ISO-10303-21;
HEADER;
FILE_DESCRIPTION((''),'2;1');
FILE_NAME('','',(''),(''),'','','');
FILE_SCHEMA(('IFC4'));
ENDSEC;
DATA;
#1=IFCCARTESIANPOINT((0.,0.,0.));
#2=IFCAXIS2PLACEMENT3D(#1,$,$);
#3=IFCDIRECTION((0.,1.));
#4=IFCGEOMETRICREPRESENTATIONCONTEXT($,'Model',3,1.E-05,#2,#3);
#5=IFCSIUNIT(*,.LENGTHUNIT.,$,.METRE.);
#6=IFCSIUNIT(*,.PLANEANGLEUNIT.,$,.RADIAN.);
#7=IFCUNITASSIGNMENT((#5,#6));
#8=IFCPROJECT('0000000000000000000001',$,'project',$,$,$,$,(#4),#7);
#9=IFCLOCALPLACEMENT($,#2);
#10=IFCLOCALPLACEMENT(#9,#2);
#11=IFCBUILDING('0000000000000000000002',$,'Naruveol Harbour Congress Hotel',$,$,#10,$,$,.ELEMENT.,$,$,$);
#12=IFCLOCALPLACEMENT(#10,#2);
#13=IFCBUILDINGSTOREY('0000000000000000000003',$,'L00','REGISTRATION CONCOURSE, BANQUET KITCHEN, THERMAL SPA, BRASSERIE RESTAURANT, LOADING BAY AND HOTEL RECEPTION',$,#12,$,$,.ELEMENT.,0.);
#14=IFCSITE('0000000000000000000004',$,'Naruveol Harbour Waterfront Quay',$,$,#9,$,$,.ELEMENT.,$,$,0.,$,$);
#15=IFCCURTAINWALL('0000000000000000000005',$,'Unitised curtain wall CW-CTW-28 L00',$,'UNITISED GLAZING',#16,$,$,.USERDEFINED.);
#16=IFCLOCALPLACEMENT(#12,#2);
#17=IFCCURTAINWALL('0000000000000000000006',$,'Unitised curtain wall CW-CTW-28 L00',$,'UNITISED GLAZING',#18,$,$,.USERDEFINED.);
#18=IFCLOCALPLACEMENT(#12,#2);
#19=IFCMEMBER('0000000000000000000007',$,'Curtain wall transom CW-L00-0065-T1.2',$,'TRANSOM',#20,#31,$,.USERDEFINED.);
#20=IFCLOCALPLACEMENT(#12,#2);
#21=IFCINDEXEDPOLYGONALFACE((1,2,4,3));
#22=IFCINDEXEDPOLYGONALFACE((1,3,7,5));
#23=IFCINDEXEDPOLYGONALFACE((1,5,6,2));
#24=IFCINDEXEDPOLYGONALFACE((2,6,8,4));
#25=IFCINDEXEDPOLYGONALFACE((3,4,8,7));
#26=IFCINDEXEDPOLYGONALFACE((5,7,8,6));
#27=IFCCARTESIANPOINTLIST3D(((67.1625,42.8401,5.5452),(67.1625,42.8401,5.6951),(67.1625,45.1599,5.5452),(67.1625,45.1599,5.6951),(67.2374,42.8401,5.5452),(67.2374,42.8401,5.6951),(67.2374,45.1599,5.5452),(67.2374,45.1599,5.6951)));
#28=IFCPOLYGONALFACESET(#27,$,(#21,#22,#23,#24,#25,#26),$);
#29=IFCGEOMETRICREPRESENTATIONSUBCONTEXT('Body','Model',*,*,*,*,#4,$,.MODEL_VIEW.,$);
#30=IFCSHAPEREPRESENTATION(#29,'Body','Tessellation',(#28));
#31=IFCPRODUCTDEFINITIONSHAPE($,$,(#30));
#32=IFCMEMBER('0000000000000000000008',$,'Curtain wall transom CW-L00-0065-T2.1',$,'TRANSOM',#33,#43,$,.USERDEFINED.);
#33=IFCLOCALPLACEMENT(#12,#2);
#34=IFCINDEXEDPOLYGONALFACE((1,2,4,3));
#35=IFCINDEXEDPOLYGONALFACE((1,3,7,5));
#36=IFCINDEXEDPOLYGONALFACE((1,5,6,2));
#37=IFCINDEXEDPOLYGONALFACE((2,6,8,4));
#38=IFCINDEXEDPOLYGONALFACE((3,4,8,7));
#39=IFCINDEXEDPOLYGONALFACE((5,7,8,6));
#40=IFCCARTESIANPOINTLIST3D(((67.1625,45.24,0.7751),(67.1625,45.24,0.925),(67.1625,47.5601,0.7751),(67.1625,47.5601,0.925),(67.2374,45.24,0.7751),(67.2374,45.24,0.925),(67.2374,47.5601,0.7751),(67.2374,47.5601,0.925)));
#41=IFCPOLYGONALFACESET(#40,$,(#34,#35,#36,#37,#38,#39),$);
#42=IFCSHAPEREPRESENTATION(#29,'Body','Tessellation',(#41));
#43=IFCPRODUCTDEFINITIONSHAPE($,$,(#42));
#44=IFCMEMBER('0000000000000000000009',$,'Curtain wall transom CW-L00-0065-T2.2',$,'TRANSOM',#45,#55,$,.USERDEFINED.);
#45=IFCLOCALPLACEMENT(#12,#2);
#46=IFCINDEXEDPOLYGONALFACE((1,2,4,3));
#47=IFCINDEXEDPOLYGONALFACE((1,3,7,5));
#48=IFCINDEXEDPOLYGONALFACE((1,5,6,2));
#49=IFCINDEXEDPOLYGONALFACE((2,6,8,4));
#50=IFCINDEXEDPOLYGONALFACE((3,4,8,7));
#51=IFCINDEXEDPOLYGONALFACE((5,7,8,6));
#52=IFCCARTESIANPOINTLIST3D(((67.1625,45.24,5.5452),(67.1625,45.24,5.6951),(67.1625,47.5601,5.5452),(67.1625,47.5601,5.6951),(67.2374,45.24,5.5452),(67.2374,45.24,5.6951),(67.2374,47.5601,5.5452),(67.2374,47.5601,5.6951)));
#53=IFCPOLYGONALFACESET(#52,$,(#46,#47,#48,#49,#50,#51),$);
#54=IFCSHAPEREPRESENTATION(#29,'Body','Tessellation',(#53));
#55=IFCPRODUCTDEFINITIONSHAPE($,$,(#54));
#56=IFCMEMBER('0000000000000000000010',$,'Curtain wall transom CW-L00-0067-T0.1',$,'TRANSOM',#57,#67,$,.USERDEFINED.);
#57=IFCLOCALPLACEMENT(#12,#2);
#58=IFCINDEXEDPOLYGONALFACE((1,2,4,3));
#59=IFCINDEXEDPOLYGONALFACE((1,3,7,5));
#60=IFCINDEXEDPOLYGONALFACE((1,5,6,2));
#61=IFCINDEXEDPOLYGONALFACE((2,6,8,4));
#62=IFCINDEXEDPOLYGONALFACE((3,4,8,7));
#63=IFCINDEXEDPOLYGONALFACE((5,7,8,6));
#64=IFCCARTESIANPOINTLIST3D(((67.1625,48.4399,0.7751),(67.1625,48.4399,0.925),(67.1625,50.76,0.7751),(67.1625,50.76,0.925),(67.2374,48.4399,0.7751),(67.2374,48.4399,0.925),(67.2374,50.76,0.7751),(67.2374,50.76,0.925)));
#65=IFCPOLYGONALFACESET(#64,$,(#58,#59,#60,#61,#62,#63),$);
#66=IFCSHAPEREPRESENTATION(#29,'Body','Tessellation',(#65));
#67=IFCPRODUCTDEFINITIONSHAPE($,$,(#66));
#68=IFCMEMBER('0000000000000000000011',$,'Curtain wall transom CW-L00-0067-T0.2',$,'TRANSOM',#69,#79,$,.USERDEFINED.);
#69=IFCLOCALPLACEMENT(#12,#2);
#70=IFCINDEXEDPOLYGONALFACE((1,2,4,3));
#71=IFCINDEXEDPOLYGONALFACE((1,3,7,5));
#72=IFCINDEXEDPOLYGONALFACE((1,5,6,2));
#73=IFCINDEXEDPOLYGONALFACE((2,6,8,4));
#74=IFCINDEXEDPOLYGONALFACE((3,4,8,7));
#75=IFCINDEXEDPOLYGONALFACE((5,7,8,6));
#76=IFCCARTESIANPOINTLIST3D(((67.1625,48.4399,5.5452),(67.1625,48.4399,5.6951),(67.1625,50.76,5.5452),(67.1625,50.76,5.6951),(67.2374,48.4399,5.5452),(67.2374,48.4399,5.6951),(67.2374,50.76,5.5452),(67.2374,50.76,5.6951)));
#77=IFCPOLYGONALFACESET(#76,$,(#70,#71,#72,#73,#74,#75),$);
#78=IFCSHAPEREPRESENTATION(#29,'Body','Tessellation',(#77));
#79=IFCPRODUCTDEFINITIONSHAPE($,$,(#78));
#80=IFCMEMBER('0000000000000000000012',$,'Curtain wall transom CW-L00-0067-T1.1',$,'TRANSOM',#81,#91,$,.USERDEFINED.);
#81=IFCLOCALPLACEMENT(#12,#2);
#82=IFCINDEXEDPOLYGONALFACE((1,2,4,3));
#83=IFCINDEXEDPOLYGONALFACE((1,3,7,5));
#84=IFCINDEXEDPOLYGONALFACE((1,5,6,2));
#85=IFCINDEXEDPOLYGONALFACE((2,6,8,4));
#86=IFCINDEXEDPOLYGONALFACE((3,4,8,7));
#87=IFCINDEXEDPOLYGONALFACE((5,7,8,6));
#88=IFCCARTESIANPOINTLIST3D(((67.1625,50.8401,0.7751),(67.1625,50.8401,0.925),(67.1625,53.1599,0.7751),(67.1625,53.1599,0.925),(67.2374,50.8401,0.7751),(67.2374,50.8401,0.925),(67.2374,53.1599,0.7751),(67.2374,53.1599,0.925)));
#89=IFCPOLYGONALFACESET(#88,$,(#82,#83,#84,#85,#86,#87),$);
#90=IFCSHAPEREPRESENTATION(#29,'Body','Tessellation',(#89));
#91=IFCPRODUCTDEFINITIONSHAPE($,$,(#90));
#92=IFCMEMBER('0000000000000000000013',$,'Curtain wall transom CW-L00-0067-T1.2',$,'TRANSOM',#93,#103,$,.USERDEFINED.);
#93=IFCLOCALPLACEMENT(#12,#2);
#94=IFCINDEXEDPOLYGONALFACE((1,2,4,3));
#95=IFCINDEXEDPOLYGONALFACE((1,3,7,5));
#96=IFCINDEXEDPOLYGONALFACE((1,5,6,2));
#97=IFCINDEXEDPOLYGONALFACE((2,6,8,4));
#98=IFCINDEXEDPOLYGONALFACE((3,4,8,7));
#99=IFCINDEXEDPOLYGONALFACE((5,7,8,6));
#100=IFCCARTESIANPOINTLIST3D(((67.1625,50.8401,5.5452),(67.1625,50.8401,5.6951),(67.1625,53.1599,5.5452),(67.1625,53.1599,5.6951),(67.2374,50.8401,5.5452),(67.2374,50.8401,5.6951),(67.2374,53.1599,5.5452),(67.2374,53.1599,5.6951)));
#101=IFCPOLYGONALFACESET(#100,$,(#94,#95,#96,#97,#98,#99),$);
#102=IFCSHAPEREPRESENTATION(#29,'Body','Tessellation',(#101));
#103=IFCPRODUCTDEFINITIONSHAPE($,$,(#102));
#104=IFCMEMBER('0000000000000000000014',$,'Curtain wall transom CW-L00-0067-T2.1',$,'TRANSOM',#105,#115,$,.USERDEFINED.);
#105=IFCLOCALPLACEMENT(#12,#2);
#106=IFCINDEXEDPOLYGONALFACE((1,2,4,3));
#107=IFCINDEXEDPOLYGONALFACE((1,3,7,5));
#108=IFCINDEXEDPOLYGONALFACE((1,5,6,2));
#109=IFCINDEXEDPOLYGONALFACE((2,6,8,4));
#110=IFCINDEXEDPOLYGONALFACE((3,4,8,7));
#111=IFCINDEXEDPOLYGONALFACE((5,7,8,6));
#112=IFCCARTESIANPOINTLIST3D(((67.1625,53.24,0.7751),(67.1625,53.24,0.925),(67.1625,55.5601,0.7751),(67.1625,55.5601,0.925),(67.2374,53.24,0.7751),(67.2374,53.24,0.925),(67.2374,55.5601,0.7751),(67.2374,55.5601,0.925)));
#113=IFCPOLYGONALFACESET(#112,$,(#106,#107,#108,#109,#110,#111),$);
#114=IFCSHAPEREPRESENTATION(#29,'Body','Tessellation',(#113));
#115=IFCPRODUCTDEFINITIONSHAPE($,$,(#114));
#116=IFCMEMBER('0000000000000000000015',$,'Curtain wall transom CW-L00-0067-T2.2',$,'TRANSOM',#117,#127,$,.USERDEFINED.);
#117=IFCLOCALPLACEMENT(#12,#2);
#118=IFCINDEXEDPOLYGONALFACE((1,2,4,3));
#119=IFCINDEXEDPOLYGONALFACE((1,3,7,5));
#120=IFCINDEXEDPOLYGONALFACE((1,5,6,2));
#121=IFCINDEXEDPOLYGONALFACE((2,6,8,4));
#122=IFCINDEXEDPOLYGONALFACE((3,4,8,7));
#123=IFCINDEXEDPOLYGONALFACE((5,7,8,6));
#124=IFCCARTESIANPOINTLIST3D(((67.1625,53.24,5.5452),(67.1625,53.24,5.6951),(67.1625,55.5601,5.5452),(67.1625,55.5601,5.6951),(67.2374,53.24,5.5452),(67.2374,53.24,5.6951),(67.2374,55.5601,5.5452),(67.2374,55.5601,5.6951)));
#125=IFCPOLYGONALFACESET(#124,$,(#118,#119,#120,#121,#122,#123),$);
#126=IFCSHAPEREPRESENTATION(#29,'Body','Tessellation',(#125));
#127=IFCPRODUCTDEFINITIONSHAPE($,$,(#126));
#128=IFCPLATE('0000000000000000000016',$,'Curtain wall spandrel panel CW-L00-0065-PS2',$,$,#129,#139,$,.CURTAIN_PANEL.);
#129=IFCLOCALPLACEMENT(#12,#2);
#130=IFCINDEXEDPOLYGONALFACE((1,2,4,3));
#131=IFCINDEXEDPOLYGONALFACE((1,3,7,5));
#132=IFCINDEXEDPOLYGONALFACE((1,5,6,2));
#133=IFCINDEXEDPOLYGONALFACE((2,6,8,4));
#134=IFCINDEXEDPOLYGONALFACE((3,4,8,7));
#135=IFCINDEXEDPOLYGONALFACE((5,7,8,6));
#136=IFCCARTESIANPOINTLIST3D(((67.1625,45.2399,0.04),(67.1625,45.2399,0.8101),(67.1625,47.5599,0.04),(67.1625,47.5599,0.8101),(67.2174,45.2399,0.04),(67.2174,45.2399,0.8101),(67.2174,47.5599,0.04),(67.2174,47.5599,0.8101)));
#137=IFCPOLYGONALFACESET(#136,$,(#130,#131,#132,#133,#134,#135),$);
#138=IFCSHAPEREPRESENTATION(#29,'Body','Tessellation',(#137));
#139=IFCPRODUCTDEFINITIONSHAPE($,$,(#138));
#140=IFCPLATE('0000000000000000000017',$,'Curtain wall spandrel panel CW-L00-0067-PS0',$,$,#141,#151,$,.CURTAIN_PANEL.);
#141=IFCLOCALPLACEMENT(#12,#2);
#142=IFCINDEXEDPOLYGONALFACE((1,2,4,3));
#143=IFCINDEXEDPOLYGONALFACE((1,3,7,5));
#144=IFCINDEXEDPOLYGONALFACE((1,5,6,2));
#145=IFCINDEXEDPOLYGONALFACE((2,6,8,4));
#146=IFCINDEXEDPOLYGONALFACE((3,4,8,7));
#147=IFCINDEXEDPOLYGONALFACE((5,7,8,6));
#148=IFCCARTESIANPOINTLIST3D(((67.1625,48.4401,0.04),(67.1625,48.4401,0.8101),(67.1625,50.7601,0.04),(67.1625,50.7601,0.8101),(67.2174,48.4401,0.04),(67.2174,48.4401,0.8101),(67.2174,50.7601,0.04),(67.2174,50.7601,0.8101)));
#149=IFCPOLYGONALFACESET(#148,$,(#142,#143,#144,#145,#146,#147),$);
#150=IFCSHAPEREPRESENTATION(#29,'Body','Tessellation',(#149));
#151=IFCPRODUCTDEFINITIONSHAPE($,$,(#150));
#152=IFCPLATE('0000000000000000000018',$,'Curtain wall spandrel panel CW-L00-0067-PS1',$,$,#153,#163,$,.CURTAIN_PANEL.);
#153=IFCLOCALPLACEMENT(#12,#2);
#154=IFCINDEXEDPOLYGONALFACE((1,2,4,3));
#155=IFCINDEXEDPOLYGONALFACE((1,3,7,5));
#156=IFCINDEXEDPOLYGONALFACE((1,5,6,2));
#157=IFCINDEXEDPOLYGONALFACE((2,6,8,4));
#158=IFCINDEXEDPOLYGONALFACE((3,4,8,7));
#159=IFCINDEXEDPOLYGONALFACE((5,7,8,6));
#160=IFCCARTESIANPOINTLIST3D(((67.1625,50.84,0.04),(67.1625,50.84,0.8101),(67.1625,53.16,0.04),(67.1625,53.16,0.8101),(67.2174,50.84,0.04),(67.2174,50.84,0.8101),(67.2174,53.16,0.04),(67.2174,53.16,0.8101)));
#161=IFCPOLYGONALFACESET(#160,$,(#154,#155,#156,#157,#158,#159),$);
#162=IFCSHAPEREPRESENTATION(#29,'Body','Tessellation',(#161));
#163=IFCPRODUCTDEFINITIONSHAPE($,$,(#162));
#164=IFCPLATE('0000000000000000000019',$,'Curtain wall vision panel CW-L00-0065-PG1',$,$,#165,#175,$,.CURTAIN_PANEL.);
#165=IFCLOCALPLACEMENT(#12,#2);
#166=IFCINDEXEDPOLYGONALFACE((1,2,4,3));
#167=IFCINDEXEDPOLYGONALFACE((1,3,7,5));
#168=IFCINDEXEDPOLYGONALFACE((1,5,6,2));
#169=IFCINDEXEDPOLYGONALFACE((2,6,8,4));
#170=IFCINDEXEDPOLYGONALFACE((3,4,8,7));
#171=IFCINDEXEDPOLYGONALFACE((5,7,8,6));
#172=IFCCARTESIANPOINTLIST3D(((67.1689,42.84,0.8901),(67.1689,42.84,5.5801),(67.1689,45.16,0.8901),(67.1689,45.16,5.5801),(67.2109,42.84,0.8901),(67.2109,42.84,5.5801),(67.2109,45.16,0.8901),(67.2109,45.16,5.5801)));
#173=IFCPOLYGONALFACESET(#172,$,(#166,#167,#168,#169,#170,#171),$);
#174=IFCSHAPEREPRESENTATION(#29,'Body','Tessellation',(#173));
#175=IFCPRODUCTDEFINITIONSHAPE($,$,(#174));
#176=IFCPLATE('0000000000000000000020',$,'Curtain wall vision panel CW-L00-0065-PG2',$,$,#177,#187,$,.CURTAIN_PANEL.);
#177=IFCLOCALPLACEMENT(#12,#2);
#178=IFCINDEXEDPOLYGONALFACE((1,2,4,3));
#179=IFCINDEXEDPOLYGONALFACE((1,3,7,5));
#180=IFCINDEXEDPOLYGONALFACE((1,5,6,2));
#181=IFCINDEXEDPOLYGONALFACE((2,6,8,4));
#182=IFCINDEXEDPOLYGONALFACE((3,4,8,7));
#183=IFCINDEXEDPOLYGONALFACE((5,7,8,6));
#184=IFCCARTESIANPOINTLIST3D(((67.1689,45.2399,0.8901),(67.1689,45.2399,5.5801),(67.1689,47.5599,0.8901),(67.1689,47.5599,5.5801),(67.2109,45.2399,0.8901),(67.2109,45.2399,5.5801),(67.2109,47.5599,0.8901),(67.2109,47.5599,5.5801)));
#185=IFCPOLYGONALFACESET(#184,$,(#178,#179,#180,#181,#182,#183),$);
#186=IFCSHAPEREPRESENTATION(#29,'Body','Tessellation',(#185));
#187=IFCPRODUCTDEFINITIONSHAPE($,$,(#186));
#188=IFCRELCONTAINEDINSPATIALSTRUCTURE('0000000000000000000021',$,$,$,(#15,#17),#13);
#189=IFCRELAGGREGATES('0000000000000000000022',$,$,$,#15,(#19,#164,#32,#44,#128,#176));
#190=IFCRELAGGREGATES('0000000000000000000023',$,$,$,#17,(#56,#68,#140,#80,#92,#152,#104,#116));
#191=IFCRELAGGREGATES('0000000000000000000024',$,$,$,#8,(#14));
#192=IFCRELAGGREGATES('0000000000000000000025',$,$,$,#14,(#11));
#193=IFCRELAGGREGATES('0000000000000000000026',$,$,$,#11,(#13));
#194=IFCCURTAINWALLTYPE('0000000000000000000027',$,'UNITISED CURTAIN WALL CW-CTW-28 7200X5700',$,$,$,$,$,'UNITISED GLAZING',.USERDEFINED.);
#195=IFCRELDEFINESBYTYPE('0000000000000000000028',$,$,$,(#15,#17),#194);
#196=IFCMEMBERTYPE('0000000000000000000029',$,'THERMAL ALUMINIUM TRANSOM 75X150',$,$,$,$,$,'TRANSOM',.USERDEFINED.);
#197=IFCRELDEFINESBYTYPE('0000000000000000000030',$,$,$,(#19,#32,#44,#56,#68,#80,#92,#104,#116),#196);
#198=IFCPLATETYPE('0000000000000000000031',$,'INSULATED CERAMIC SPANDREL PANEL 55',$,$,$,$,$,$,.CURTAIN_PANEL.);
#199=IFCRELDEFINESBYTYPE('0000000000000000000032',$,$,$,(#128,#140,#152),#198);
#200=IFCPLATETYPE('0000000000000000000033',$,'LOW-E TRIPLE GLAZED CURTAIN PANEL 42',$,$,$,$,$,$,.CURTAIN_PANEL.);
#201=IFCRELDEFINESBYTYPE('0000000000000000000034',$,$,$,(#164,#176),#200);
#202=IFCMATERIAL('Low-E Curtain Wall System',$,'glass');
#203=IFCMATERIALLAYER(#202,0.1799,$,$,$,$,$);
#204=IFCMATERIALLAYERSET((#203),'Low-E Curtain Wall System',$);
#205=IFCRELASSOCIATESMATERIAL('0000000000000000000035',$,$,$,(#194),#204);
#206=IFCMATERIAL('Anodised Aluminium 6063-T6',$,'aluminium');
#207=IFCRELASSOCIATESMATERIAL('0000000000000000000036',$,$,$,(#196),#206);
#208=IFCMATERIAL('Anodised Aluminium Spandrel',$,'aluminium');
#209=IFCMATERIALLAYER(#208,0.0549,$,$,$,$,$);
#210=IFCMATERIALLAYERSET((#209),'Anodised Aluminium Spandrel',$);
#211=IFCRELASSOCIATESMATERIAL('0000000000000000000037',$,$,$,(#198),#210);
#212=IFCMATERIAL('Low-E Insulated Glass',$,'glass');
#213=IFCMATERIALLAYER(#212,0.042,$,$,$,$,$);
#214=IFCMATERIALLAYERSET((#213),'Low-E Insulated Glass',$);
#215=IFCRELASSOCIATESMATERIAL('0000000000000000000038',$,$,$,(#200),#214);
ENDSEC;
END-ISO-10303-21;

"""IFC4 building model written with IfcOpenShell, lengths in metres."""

from ifc_helpers import new_model, si_unit, direction, frame, origin, origin_2d, place, context, subcontext, project, spatial, rectangle, extrude, material, layer, layer_set, material_profile, profile_set, type_object, element, aggregate, save


model = new_model("IFC4")

# Units and contexts
model_context = context("Model", 3, precision=1e-05, world=origin(), true_north=direction((0.0, 1.0)))
body_context = subcontext(model_context, "Body", "Model", "MODEL_VIEW")
ifc_project = project(units=[si_unit("LENGTHUNIT", "METRE"), si_unit("PLANEANGLEUNIT", "RADIAN")], contexts=[model_context])

# Site, building, storey
site_placement = place(None, origin())
site = spatial("IfcSite", under=ifc_project, at=site_placement, Name="Naruveol Harbour Waterfront Quay", CompositionType="ELEMENT", RefElevation=0.0)
building_placement = place(site_placement, origin())
building = spatial("IfcBuilding", under=site, at=building_placement, Name="Naruveol Harbour Congress Hotel", CompositionType="ELEMENT")
storey_placement = place(building_placement, origin())
storey = spatial("IfcBuildingStorey", under=building, at=storey_placement, Name="L00", Description="REGISTRATION CONCOURSE, BANQUET KITCHEN, THERMAL SPA, BRASSERIE RESTAURANT, LOADING BAY AND HOTEL RECEPTION", CompositionType="ELEMENT", Elevation=0.0)

# Curtain walls
ifc_material_1 = material(Name="Low-E Curtain Wall System", Category="glass")
ifc_layer_1 = layer(ifc_material_1, 0.1799)
ifc_layer_set_1 = layer_set([ifc_layer_1], Name="Low-E Curtain Wall System")
curtain_wall_type = type_object("IfcCurtainWallType", Name="UNITISED CURTAIN WALL CW-CTW-28 7200X5700", ElementType="UNITISED GLAZING", PredefinedType="USERDEFINED", material=ifc_layer_set_1)
curtain_wall_1_placement = place(storey_placement, origin())
curtain_wall_1 = element("IfcCurtainWall", 1, at=curtain_wall_1_placement, inside=storey, type_object=curtain_wall_type, Name="Unitised curtain wall CW-CTW-28 L00", ObjectType="UNITISED GLAZING", PredefinedType="USERDEFINED")
curtain_wall_2_placement = place(storey_placement, origin())
curtain_wall_2 = element("IfcCurtainWall", 2, at=curtain_wall_2_placement, inside=storey, type_object=curtain_wall_type, Name="Unitised curtain wall CW-CTW-28 L00", ObjectType="UNITISED GLAZING", PredefinedType="USERDEFINED")

# Members
ifc_material_2 = material(Name="Anodised Aluminium 6063-T6", Category="aluminium")
ifc_material_profile_1 = material_profile(ifc_material_2, rectangle(XDim=0.075, YDim=0.1499, at=origin_2d()), Name="ALU-75x150")
ifc_profile_set_1 = profile_set([ifc_material_profile_1], Name="Anodised Aluminium 6063-T6")
member_type_1 = type_object("IfcMemberType", Name="THERMAL ALUMINIUM TRANSOM 75X150", ElementType="TRANSOM", PredefinedType="USERDEFINED", material=ifc_profile_set_1)
member_1_placement = place(storey_placement, frame((67.2, 42.8401, 5.6201), z_axis=(0.0, 1.0, 0.0), x_axis=(-1.0, 0.0, 0.0)))
member_1 = element("IfcMember", 3, at=member_1_placement, type_object=member_type_1, Name="Curtain wall transom CW-L00-0065-T1.2", ObjectType="TRANSOM", PredefinedType="USERDEFINED", context=body_context, shape_type="SweptSolid", body=[
    extrude(rectangle(XDim=0.075, YDim=0.1499, at=origin_2d()), origin(), (0.0, 0.0, 1.0), 2.3198),
])
member_2_placement = place(storey_placement, frame((67.2, 45.24, 0.8501), z_axis=(0.0, 1.0, 0.0), x_axis=(-1.0, 0.0, 0.0)))
member_2 = element("IfcMember", 4, at=member_2_placement, type_object=member_type_1, Name="Curtain wall transom CW-L00-0065-T2.1", ObjectType="TRANSOM", PredefinedType="USERDEFINED", context=body_context, shape_type="SweptSolid", body=[
    extrude(rectangle(XDim=0.075, YDim=0.1499, at=origin_2d()), origin(), (0.0, 0.0, 1.0), 2.3201),
])
member_3_placement = place(storey_placement, frame((67.2, 45.24, 5.6201), z_axis=(0.0, 1.0, 0.0), x_axis=(-1.0, 0.0, 0.0)))
member_3 = element("IfcMember", 5, at=member_3_placement, type_object=member_type_1, Name="Curtain wall transom CW-L00-0065-T2.2", ObjectType="TRANSOM", PredefinedType="USERDEFINED", context=body_context, shape_type="SweptSolid", body=[
    extrude(rectangle(XDim=0.075, YDim=0.1499, at=origin_2d()), origin(), (0.0, 0.0, 1.0), 2.3201),
])
member_4_placement = place(storey_placement, frame((67.2, 48.4399, 0.8501), z_axis=(0.0, 1.0, 0.0), x_axis=(-1.0, 0.0, 0.0)))
member_4 = element("IfcMember", 6, at=member_4_placement, type_object=member_type_1, Name="Curtain wall transom CW-L00-0067-T0.1", ObjectType="TRANSOM", PredefinedType="USERDEFINED", context=body_context, shape_type="SweptSolid", body=[
    extrude(rectangle(XDim=0.075, YDim=0.1499, at=origin_2d()), origin(), (0.0, 0.0, 1.0), 2.3201),
])
member_5_placement = place(storey_placement, frame((67.2, 48.4399, 5.6201), z_axis=(0.0, 1.0, 0.0), x_axis=(-1.0, 0.0, 0.0)))
member_5 = element("IfcMember", 7, at=member_5_placement, type_object=member_type_1, Name="Curtain wall transom CW-L00-0067-T0.2", ObjectType="TRANSOM", PredefinedType="USERDEFINED", context=body_context, shape_type="SweptSolid", body=[
    extrude(rectangle(XDim=0.075, YDim=0.1499, at=origin_2d()), origin(), (0.0, 0.0, 1.0), 2.3201),
])
member_6_placement = place(storey_placement, frame((67.2, 50.8401, 0.8501), z_axis=(0.0, 1.0, 0.0), x_axis=(-1.0, 0.0, 0.0)))
member_6 = element("IfcMember", 8, at=member_6_placement, type_object=member_type_1, Name="Curtain wall transom CW-L00-0067-T1.1", ObjectType="TRANSOM", PredefinedType="USERDEFINED", context=body_context, shape_type="SweptSolid", body=[
    extrude(rectangle(XDim=0.075, YDim=0.1499, at=origin_2d()), origin(), (0.0, 0.0, 1.0), 2.3198),
])
member_7_placement = place(storey_placement, frame((67.2, 50.8401, 5.6201), z_axis=(0.0, 1.0, 0.0), x_axis=(-1.0, 0.0, 0.0)))
member_7 = element("IfcMember", 9, at=member_7_placement, type_object=member_type_1, Name="Curtain wall transom CW-L00-0067-T1.2", ObjectType="TRANSOM", PredefinedType="USERDEFINED", context=body_context, shape_type="SweptSolid", body=[
    extrude(rectangle(XDim=0.075, YDim=0.1499, at=origin_2d()), origin(), (0.0, 0.0, 1.0), 2.3198),
])
member_8_placement = place(storey_placement, frame((67.2, 53.24, 0.8501), z_axis=(0.0, 1.0, 0.0), x_axis=(-1.0, 0.0, 0.0)))
member_8 = element("IfcMember", 10, at=member_8_placement, type_object=member_type_1, Name="Curtain wall transom CW-L00-0067-T2.1", ObjectType="TRANSOM", PredefinedType="USERDEFINED", context=body_context, shape_type="SweptSolid", body=[
    extrude(rectangle(XDim=0.075, YDim=0.1499, at=origin_2d()), origin(), (0.0, 0.0, 1.0), 2.3201),
])
member_9_placement = place(storey_placement, frame((67.2, 53.24, 5.6201), z_axis=(0.0, 1.0, 0.0), x_axis=(-1.0, 0.0, 0.0)))
member_9 = element("IfcMember", 11, at=member_9_placement, type_object=member_type_1, Name="Curtain wall transom CW-L00-0067-T2.2", ObjectType="TRANSOM", PredefinedType="USERDEFINED", context=body_context, shape_type="SweptSolid", body=[
    extrude(rectangle(XDim=0.075, YDim=0.1499, at=origin_2d()), origin(), (0.0, 0.0, 1.0), 2.3201),
])

# Plates
ifc_material_3 = material(Name="Anodised Aluminium Spandrel", Category="aluminium")
ifc_layer_2 = layer(ifc_material_3, 0.0549)
ifc_layer_set_2 = layer_set([ifc_layer_2], Name="Anodised Aluminium Spandrel")
plate_type_1 = type_object("IfcPlateType", Name="INSULATED CERAMIC SPANDREL PANEL 55", PredefinedType="CURTAIN_PANEL", material=ifc_layer_set_2)
plate_1_placement = place(storey_placement, frame((67.1899, 46.3999, 0.04), z_axis=(0.0, 0.0, 1.0), x_axis=(0.0, 1.0, 0.0)))
plate_1 = element("IfcPlate", 12, at=plate_1_placement, type_object=plate_type_1, Name="Curtain wall spandrel panel CW-L00-0065-PS2", PredefinedType="CURTAIN_PANEL", context=body_context, shape_type="SweptSolid", body=[
    extrude(rectangle(XDim=2.3201, YDim=0.0549, at=origin_2d()), origin(), (0.0, 0.0, 1.0), 0.77),
])
plate_2_placement = place(storey_placement, frame((67.1899, 49.6001, 0.04), z_axis=(0.0, 0.0, 1.0), x_axis=(0.0, 1.0, 0.0)))
plate_2 = element("IfcPlate", 13, at=plate_2_placement, type_object=plate_type_1, Name="Curtain wall spandrel panel CW-L00-0067-PS0", PredefinedType="CURTAIN_PANEL", context=body_context, shape_type="SweptSolid", body=[
    extrude(rectangle(XDim=2.3201, YDim=0.0549, at=origin_2d()), origin(), (0.0, 0.0, 1.0), 0.77),
])
plate_3_placement = place(storey_placement, frame((67.1899, 52.0, 0.04), z_axis=(0.0, 0.0, 1.0), x_axis=(0.0, 1.0, 0.0)))
plate_3 = element("IfcPlate", 14, at=plate_3_placement, type_object=plate_type_1, Name="Curtain wall spandrel panel CW-L00-0067-PS1", PredefinedType="CURTAIN_PANEL", context=body_context, shape_type="SweptSolid", body=[
    extrude(rectangle(XDim=2.3201, YDim=0.0549, at=origin_2d()), origin(), (0.0, 0.0, 1.0), 0.77),
])
ifc_material_4 = material(Name="Low-E Insulated Glass", Category="glass")
ifc_layer_3 = layer(ifc_material_4, 0.042)
ifc_layer_set_3 = layer_set([ifc_layer_3], Name="Low-E Insulated Glass")
plate_type_2 = type_object("IfcPlateType", Name="LOW-E TRIPLE GLAZED CURTAIN PANEL 42", PredefinedType="CURTAIN_PANEL", material=ifc_layer_set_3)
plate_4_placement = place(storey_placement, frame((67.1899, 44.0, 0.8901), z_axis=(0.0, 0.0, 1.0), x_axis=(0.0, 1.0, 0.0)))
plate_4 = element("IfcPlate", 15, at=plate_4_placement, type_object=plate_type_2, Name="Curtain wall vision panel CW-L00-0065-PG1", PredefinedType="CURTAIN_PANEL", context=body_context, shape_type="SweptSolid", body=[
    extrude(rectangle(XDim=2.3201, YDim=0.042, at=origin_2d()), origin(), (0.0, 0.0, 1.0), 4.6899),
])
plate_5_placement = place(storey_placement, frame((67.1899, 46.3999, 0.8901), z_axis=(0.0, 0.0, 1.0), x_axis=(0.0, 1.0, 0.0)))
plate_5 = element("IfcPlate", 16, at=plate_5_placement, type_object=plate_type_2, Name="Curtain wall vision panel CW-L00-0065-PG2", PredefinedType="CURTAIN_PANEL", context=body_context, shape_type="SweptSolid", body=[
    extrude(rectangle(XDim=2.3201, YDim=0.042, at=origin_2d()), origin(), (0.0, 0.0, 1.0), 4.6899),
])
aggregate(curtain_wall_1, [member_1, plate_4, member_2, member_3, plate_1, plate_5])
aggregate(curtain_wall_2, [member_4, member_5, plate_2, member_6, member_7, plate_3, member_8, member_9])

save(model, "model.ifc")
